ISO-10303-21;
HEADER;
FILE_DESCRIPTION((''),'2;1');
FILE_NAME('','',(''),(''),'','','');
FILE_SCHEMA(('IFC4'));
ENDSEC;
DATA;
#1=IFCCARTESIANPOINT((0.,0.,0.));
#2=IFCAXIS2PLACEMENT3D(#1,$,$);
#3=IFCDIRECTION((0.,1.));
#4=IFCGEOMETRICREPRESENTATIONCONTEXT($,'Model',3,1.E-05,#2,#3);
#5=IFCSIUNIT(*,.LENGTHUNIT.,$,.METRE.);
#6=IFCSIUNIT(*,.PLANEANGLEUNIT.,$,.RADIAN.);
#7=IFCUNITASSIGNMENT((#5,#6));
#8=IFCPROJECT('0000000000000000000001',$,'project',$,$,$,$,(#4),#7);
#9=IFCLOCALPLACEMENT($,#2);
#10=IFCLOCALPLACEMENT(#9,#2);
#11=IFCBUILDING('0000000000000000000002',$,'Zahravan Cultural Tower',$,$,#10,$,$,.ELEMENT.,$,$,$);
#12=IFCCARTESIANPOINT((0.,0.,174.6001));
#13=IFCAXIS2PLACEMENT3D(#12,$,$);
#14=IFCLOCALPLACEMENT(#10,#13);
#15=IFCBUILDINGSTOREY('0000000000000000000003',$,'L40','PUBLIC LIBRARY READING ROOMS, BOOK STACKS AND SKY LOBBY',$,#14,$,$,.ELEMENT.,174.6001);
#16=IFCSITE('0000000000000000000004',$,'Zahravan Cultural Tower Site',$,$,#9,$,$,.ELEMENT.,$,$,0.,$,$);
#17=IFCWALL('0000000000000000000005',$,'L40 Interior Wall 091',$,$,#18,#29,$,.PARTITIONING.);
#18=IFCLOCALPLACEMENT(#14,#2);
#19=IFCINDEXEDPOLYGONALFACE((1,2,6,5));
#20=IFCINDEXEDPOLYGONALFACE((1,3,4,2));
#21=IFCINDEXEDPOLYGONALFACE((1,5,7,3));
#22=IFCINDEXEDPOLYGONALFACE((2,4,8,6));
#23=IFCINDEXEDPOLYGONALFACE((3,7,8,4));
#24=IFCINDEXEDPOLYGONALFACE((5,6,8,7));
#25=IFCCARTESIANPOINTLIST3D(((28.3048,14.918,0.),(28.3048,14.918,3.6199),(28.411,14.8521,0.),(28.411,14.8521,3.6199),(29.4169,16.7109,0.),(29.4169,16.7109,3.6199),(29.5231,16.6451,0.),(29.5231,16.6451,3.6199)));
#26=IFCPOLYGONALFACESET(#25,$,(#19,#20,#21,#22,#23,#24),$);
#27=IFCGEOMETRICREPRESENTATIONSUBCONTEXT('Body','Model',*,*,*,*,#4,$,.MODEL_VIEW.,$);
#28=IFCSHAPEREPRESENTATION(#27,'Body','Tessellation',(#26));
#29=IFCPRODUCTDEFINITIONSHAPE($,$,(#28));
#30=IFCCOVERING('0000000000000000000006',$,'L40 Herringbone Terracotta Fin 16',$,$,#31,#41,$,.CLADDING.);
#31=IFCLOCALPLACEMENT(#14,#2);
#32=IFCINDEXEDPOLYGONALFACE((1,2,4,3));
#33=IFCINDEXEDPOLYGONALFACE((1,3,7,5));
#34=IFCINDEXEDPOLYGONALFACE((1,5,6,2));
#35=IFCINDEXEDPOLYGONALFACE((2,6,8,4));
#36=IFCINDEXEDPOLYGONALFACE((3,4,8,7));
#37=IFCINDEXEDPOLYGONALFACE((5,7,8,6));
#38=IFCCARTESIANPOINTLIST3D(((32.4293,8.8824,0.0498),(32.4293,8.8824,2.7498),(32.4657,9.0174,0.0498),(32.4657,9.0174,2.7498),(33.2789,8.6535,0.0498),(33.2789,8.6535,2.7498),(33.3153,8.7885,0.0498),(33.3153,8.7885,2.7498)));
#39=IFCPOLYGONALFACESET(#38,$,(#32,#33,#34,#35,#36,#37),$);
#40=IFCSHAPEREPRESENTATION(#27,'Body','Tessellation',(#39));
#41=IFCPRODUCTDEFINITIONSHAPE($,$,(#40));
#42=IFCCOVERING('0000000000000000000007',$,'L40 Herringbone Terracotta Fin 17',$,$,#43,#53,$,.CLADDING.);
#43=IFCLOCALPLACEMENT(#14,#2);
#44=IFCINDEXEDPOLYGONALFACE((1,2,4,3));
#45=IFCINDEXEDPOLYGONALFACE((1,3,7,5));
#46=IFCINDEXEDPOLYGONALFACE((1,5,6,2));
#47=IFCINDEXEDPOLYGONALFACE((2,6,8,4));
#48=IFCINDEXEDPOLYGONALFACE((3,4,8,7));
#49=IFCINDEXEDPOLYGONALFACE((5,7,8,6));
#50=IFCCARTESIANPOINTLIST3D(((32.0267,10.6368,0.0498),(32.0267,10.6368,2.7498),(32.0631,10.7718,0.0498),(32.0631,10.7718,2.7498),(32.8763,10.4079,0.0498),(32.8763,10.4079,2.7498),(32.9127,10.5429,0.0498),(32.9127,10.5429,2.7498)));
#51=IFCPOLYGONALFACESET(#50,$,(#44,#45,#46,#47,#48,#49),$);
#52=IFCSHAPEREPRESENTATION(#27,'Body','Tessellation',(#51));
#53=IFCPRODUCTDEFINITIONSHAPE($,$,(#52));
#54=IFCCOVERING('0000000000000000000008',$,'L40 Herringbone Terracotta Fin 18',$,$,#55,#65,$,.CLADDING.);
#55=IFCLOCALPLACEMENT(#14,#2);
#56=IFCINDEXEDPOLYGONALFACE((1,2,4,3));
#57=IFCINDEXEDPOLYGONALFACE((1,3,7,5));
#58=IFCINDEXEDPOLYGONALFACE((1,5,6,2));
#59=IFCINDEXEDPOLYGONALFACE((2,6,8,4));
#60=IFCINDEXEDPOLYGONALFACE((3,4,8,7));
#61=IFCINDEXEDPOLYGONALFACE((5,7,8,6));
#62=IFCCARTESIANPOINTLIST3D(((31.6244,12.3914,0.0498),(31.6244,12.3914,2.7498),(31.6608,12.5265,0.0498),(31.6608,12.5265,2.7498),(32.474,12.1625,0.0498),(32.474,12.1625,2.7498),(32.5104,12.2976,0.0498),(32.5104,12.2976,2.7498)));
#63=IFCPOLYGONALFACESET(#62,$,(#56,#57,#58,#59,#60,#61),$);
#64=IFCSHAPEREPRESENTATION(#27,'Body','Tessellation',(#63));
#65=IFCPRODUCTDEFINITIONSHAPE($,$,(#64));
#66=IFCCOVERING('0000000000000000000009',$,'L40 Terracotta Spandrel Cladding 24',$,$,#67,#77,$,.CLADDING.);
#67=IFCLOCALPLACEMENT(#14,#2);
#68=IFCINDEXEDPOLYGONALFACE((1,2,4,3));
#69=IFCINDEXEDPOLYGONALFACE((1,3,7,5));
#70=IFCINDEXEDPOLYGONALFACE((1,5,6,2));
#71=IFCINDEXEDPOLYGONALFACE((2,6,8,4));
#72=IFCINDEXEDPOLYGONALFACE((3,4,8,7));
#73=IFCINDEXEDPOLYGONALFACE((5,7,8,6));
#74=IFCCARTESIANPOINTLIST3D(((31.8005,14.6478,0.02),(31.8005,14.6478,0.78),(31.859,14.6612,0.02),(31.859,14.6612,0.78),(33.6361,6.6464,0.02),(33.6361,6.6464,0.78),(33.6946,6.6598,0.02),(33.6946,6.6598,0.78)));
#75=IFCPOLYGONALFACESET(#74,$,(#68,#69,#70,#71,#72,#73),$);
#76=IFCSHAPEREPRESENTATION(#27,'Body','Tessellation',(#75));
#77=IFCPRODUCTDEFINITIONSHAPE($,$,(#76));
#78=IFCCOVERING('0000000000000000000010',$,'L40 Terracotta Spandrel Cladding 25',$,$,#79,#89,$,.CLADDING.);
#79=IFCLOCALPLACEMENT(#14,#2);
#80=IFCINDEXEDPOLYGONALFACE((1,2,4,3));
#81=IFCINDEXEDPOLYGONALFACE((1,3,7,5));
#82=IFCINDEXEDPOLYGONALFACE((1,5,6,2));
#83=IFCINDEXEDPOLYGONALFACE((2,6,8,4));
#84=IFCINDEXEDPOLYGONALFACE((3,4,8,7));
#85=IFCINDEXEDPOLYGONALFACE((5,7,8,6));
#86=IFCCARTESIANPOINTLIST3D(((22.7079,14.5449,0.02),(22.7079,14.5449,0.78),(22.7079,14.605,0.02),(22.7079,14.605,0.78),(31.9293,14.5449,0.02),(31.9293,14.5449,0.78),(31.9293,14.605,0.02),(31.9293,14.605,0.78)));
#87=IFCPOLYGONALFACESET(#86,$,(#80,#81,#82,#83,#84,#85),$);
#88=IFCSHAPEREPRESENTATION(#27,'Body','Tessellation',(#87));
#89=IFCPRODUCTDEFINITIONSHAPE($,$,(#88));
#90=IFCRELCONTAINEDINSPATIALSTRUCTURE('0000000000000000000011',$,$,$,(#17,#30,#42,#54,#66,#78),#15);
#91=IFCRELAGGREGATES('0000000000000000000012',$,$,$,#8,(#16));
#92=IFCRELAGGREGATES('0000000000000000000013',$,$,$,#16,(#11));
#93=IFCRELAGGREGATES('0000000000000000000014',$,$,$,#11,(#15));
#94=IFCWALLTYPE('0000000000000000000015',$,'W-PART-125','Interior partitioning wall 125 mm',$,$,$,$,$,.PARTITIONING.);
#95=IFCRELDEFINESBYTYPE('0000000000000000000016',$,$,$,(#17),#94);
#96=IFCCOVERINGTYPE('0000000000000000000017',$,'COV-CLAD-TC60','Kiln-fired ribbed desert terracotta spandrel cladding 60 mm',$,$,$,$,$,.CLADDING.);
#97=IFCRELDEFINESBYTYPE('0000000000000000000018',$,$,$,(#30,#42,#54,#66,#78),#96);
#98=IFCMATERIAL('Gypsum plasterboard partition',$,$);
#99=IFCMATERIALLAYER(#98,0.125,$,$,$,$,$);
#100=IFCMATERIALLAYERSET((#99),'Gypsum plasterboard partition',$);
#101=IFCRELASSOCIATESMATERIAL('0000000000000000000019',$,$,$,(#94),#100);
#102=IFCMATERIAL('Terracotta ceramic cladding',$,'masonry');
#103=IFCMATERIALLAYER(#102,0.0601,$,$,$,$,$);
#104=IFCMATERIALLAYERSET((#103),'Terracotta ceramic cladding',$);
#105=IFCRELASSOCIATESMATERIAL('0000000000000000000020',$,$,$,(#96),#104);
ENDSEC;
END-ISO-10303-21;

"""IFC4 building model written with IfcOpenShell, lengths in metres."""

from ifc_helpers import new_model, si_unit, direction, frame, frame_2d, origin, origin_2d, place, context, subcontext, project, spatial, rectangle, extrude, source, transform, mapped, material, layer, layer_set, type_object, element, save


model = new_model("IFC4")

# Units and contexts
model_context = context("Model", 3, precision=1e-05, world=origin(), true_north=direction((0.0, 1.0)))
body_context = subcontext(model_context, "Body", "Model", "MODEL_VIEW")
ifc_project = project(units=[si_unit("LENGTHUNIT", "METRE"), si_unit("PLANEANGLEUNIT", "RADIAN")], contexts=[model_context])

# Site, building, storey
site_placement = place(None, origin())
site = spatial("IfcSite", under=ifc_project, at=site_placement, Name="Zahravan Cultural Tower Site", CompositionType="ELEMENT", RefElevation=0.0)
building_placement = place(site_placement, origin())
building = spatial("IfcBuilding", under=site, at=building_placement, Name="Zahravan Cultural Tower", CompositionType="ELEMENT")
storey_placement = place(building_placement, frame((0.0, 0.0, 174.6001)))
storey = spatial("IfcBuildingStorey", under=building, at=storey_placement, Name="L40", Description="PUBLIC LIBRARY READING ROOMS, BOOK STACKS AND SKY LOBBY", CompositionType="ELEMENT", Elevation=174.6001)

# Shared definitions
ifc_material_1 = material(Name="Gypsum plasterboard partition")
ifc_layer_1 = layer(ifc_material_1, 0.125)
ifc_layer_set_1 = layer_set([ifc_layer_1], Name="Gypsum plasterboard partition")
wall_type_1 = type_object("IfcWallType", Name="W-PART-125", Description="Interior partitioning wall 125 mm", PredefinedType="PARTITIONING", material=ifc_layer_set_1)

# Wall
shared_shape_1 = source(origin(), body_context, "Body", "SweptSolid", [
    extrude(rectangle(XDim=2.1099, YDim=0.125, at=frame_2d((1.0549, 0.0))), origin(), (0.0, 0.0, 1.0), 3.6199),
])
wall_1_placement = place(storey_placement, frame((28.3579, 14.885, 0.0), z_axis=(0.0, 0.0, 1.0), x_axis=(0.527083, 0.849814, 0.0)))
element("IfcWall", 1, at=wall_1_placement, inside=storey, type_object=wall_type_1, Name="L40 Interior Wall 091", PredefinedType="PARTITIONING", context=body_context, shape_type="MappedRepresentation", body=[
    mapped(shared_shape_1, transform((0.0, 0.0, 0.0), x_axis=(1.0, 0.0, 0.0), y_axis=(0.0, 1.0, 0.0), z_axis=(0.0, 0.0, 1.0), scale=1.0)),
])

# Coverings
ifc_material_2 = material(Name="Terracotta ceramic cladding", Category="masonry")
ifc_layer_2 = layer(ifc_material_2, 0.0601)
ifc_layer_set_2 = layer_set([ifc_layer_2], Name="Terracotta ceramic cladding")
covering_type = type_object("IfcCoveringType", Name="COV-CLAD-TC60", Description="Kiln-fired ribbed desert terracotta spandrel cladding 60 mm", PredefinedType="CLADDING", material=ifc_layer_set_2)
shared_shape_2 = source(origin(), body_context, "Body", "SweptSolid", [
    extrude(rectangle(XDim=0.8799, YDim=0.1399, at=origin_2d()), origin(), (0.0, 0.0, 1.0), 2.7),
])
for number, where, z_axis, x_axis, name in (
    (2, (32.8723, 8.8354, 0.0498), (0.0, 0.0, 1.0), (-0.965568, 0.260151, 0.0), "L40 Herringbone Terracotta Fin 16"),
    (3, (32.4697, 10.5898, 0.0498), (0.0, 0.0, 1.0), (-0.965568, 0.260151, 0.0), "L40 Herringbone Terracotta Fin 17"),
    (4, (32.0674, 12.3445, 0.0498), (0.0, 0.0, 1.0), (-0.965568, 0.260151, 0.0), "L40 Herringbone Terracotta Fin 18"),
):
    element("IfcCovering", number, at=place(storey_placement, frame(where, z_axis=z_axis, x_axis=x_axis)), inside=storey, type_object=covering_type, Name=name, PredefinedType="CLADDING", context=body_context, shape_type="MappedRepresentation", body=[
        mapped(shared_shape_2, transform((0.0, 0.0, 0.0), x_axis=(1.0, 0.0, 0.0), y_axis=(0.0, 1.0, 0.0), z_axis=(0.0, 0.0, 1.0), scale=1.0)),
    ])
shared_shape_3 = source(origin(), body_context, "Body", "SweptSolid", [
    extrude(rectangle(XDim=8.2092, YDim=0.0601, at=origin_2d()), origin(), (0.0, 0.0, 1.0), 0.76),
])
covering_1_placement = place(storey_placement, frame((32.7476, 10.6538, 0.02), z_axis=(0.0, 0.0, 1.0), x_axis=(-0.223607, 0.974679, 0.0)))
element("IfcCovering", 5, at=covering_1_placement, inside=storey, type_object=covering_type, Name="L40 Terracotta Spandrel Cladding 24", PredefinedType="CLADDING", context=body_context, shape_type="MappedRepresentation", body=[
    mapped(shared_shape_3, transform((0.0, 0.0, 0.0), x_axis=(1.0, 0.0, 0.0), y_axis=(0.0, 1.0, 0.0), z_axis=(0.0, 0.0, 1.0), scale=1.0)),
])
shared_shape_4 = source(origin(), body_context, "Body", "SweptSolid", [
    extrude(rectangle(XDim=9.2214, YDim=0.0601, at=origin_2d()), origin(), (0.0, 0.0, 1.0), 0.76),
])
covering_2_placement = place(storey_placement, frame((27.3186, 14.575, 0.02), z_axis=(0.0, 0.0, 1.0), x_axis=(-1.0, 0.0, 0.0)))
element("IfcCovering", 6, at=covering_2_placement, inside=storey, type_object=covering_type, Name="L40 Terracotta Spandrel Cladding 25", PredefinedType="CLADDING", context=body_context, shape_type="MappedRepresentation", body=[
    mapped(shared_shape_4, transform((0.0, 0.0, 0.0), x_axis=(1.0, 0.0, 0.0), y_axis=(0.0, 1.0, 0.0), z_axis=(0.0, 0.0, 1.0), scale=1.0)),
])

save(model, "model.ifc")
